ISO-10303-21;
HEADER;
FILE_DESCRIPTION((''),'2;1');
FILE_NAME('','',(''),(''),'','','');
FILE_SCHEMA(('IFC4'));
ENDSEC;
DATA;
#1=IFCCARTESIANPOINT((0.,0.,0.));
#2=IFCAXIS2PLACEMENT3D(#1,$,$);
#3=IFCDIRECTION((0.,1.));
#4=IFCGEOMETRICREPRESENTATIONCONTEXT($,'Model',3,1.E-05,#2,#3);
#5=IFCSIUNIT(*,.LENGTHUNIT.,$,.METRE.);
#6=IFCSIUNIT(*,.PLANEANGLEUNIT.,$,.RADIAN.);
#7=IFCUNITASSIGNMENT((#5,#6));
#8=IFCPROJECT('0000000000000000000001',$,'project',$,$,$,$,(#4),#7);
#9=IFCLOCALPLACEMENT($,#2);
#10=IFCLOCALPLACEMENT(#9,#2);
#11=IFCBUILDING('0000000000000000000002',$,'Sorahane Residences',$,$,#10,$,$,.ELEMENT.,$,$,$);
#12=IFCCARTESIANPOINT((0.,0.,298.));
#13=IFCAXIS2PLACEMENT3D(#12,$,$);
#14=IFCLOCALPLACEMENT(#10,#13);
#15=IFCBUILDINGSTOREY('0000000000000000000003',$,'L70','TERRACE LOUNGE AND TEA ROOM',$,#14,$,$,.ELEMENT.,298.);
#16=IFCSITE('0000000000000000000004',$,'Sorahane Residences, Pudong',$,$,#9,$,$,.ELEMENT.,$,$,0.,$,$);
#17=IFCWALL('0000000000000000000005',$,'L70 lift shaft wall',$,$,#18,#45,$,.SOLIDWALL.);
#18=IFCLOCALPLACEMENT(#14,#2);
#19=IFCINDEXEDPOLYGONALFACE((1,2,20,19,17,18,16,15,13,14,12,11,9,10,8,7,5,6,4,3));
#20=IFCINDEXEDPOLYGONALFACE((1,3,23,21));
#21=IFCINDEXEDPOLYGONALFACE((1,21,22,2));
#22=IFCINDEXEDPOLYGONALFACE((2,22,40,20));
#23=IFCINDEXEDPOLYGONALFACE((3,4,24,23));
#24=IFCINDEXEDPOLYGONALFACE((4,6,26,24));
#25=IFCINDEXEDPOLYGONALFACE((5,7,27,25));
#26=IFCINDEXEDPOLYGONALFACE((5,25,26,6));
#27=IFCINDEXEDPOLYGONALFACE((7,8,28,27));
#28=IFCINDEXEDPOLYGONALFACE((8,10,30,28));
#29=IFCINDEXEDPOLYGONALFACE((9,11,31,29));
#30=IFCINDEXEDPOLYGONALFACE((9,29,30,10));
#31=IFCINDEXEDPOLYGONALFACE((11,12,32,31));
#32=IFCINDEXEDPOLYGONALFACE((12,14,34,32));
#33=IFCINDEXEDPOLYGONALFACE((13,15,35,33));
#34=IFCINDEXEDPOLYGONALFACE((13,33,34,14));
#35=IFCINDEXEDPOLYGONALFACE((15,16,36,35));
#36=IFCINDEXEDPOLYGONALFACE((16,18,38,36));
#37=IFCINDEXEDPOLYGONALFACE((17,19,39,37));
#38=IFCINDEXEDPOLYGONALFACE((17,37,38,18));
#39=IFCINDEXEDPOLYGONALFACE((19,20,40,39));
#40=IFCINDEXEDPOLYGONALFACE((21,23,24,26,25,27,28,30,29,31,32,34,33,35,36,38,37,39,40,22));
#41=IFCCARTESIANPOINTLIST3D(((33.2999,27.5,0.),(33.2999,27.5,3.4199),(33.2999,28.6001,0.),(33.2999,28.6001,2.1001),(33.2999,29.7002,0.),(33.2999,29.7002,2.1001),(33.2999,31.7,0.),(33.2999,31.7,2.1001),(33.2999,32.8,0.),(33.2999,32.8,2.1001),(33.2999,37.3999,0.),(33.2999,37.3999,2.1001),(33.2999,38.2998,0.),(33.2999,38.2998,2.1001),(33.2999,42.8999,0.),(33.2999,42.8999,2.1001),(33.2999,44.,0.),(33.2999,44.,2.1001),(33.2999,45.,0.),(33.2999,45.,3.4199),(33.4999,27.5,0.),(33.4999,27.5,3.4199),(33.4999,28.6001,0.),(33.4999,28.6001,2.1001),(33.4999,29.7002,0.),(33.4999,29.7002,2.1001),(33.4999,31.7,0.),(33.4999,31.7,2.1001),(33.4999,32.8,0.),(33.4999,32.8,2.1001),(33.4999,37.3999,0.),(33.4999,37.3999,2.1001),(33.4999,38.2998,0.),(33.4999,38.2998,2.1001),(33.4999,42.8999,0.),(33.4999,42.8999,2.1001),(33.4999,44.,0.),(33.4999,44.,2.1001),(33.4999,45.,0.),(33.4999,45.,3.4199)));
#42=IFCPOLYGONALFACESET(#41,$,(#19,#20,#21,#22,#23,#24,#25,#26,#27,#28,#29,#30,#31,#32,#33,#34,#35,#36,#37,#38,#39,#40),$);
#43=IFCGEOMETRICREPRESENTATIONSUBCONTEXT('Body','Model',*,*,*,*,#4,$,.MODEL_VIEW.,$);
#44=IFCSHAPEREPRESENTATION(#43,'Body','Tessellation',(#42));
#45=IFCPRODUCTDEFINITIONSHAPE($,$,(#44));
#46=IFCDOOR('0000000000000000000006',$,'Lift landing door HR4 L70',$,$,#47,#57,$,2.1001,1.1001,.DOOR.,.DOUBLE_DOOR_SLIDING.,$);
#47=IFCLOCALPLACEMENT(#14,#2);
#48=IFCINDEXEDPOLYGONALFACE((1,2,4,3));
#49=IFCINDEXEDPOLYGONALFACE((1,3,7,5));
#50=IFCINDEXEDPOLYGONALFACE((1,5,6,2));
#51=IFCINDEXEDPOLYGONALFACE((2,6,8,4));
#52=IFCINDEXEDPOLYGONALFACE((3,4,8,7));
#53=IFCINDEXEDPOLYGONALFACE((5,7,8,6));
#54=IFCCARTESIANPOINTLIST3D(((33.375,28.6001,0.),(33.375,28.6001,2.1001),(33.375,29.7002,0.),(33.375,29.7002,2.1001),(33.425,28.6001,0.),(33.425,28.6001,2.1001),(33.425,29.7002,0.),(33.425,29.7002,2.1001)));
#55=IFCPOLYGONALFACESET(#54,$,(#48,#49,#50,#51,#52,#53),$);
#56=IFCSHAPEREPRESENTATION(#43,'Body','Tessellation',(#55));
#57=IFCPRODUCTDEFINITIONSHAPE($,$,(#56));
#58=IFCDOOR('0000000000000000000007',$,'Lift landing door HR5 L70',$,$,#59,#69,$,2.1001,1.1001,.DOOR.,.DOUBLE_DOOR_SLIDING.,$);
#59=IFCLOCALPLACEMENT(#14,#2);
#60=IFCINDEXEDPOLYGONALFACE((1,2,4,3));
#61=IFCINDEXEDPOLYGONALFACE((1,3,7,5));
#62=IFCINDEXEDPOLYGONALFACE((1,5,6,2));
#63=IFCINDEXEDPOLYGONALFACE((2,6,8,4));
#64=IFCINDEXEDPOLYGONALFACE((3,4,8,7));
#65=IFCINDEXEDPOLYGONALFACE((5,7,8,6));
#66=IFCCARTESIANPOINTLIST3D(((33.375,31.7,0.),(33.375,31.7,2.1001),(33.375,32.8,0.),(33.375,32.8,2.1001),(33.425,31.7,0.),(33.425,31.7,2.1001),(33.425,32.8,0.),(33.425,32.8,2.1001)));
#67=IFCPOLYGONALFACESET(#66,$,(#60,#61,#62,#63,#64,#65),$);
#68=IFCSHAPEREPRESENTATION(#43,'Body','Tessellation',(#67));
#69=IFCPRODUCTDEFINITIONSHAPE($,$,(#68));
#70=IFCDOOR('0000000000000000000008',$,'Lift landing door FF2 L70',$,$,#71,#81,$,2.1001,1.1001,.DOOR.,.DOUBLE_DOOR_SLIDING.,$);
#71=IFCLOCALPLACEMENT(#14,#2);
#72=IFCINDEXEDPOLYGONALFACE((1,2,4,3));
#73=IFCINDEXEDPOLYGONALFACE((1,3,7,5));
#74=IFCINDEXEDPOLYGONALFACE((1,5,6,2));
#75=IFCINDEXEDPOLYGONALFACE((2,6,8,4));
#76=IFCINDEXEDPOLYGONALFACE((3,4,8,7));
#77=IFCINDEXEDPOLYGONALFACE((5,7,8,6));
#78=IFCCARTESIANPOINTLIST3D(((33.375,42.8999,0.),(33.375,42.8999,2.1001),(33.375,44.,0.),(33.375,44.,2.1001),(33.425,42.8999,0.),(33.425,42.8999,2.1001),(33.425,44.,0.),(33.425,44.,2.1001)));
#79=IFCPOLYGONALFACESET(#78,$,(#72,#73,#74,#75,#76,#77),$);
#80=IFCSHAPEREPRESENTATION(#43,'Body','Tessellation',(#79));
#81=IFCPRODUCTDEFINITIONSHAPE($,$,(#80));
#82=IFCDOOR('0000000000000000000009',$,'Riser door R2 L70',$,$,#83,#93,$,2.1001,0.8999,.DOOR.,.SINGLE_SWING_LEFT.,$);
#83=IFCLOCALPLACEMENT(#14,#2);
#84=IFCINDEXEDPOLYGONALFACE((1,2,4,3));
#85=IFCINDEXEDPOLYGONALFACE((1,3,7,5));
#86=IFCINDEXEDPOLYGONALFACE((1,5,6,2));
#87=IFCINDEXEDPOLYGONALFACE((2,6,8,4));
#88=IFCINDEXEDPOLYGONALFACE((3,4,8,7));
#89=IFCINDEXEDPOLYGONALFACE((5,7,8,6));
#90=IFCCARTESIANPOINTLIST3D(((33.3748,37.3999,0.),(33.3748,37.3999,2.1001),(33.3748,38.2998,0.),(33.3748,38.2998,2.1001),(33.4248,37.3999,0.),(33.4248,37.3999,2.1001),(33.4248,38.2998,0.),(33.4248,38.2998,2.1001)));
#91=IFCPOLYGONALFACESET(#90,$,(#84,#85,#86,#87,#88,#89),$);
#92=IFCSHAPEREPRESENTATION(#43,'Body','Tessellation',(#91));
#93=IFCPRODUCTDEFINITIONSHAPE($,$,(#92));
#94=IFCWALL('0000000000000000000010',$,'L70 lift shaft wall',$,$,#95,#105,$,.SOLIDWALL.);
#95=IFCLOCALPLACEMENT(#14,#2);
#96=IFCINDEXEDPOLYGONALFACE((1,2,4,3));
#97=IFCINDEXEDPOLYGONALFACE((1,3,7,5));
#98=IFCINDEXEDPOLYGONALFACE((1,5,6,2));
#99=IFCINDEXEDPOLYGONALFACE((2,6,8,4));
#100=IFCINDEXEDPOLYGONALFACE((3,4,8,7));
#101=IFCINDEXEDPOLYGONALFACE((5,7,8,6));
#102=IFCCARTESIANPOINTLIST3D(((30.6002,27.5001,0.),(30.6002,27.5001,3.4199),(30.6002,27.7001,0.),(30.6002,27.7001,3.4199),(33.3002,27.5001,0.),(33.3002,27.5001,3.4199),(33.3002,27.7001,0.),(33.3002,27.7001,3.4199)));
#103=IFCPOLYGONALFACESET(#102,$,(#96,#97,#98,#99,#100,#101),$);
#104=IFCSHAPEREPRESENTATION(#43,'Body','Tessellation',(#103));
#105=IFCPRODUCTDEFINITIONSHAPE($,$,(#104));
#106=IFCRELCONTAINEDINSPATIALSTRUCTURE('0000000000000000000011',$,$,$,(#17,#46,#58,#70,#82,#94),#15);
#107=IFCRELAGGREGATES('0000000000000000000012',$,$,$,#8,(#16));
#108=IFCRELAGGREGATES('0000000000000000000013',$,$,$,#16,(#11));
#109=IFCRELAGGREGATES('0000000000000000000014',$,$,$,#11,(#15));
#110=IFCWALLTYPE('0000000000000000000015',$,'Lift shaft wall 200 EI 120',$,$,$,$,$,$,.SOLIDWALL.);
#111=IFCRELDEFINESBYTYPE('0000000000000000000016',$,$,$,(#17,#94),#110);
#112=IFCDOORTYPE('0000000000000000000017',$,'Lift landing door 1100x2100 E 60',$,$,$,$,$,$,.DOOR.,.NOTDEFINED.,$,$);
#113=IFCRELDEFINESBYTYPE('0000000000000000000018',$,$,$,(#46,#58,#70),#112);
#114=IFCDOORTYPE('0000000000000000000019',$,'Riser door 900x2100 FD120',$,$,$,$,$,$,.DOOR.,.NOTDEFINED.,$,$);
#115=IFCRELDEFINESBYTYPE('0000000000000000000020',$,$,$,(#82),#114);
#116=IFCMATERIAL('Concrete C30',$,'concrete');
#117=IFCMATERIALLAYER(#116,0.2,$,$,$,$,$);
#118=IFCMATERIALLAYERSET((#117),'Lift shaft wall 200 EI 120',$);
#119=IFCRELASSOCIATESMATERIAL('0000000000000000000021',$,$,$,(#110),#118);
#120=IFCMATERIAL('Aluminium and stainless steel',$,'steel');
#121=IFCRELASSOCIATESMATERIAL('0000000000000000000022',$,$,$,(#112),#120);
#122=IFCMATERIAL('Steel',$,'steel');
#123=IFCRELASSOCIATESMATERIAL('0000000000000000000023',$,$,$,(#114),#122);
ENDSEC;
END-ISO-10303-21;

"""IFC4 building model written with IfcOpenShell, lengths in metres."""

from ifc_helpers import new_model, si_unit, direction, frame, frame_2d, origin, place, context, subcontext, project, spatial, rectangle, extrude, material, layer, layer_set, type_object, element, fill, save


model = new_model("IFC4")

# Units and contexts
model_context = context("Model", 3, precision=1e-05, world=origin(), true_north=direction((0.0, 1.0)))
body_context = subcontext(model_context, "Body", "Model", "MODEL_VIEW")
ifc_project = project(units=[si_unit("LENGTHUNIT", "METRE"), si_unit("PLANEANGLEUNIT", "RADIAN")], contexts=[model_context])

# Site, building, storey
site_placement = place(None, origin())
site = spatial("IfcSite", under=ifc_project, at=site_placement, Name="Sorahane Residences, Pudong", CompositionType="ELEMENT", RefElevation=0.0)
building_placement = place(site_placement, origin())
building = spatial("IfcBuilding", under=site, at=building_placement, Name="Sorahane Residences", CompositionType="ELEMENT")
storey_placement = place(building_placement, frame((0.0, 0.0, 298.0)))
storey = spatial("IfcBuildingStorey", under=building, at=storey_placement, Name="L70", Description="TERRACE LOUNGE AND TEA ROOM", CompositionType="ELEMENT", Elevation=298.0)

# Wall, openings, doors
ifc_material_1 = material(Name="Concrete C30", Category="concrete")
ifc_layer_1 = layer(ifc_material_1, 0.2)
ifc_layer_set_1 = layer_set([ifc_layer_1], Name="Lift shaft wall 200 EI 120")
wall_type_1 = type_object("IfcWallType", Name="Lift shaft wall 200 EI 120", PredefinedType="SOLIDWALL", material=ifc_layer_set_1)
wall_1_placement = place(storey_placement, frame((33.3999, 27.5, 0.0), z_axis=(0.0, 0.0, 1.0), x_axis=(0.0, 1.0, 0.0)))
wall_1 = element("IfcWall", 1, at=wall_1_placement, inside=storey, type_object=wall_type_1, Name="L70 lift shaft wall", PredefinedType="SOLIDWALL", context=body_context, shape_type="SweptSolid", body=[
    extrude(rectangle(XDim=17.5, YDim=0.2, at=frame_2d((8.75, 0.0))), origin(), (0.0, 0.0, 1.0), 3.4199),
])
opening_1_placement = place(wall_1_placement, frame((1.1001, 0.0, 0.0)))
opening_1 = element("IfcOpeningElement", 2, at=opening_1_placement, cuts=wall_1, PredefinedType="OPENING", context=body_context, shape_type="SweptSolid", body=[
    extrude(rectangle(XDim=1.1001, YDim=2.1001, at=frame_2d((0.55, 1.05))), frame((0.0, 0.1099, 0.0), z_axis=(0.0, -1.0, 0.0), x_axis=(1.0, 0.0, 0.0)), (0.0, 0.0, 1.0), 0.22),
])
opening_2_placement = place(wall_1_placement, frame((4.2, 0.0, 0.0)))
opening_2 = element("IfcOpeningElement", 3, at=opening_2_placement, cuts=wall_1, PredefinedType="OPENING", context=body_context, shape_type="SweptSolid", body=[
    extrude(rectangle(XDim=1.1001, YDim=2.1001, at=frame_2d((0.55, 1.05))), frame((0.0, 0.1099, 0.0), z_axis=(0.0, -1.0, 0.0), x_axis=(1.0, 0.0, 0.0)), (0.0, 0.0, 1.0), 0.22),
])
opening_3_placement = place(wall_1_placement, frame((15.3999, 0.0, 0.0)))
opening_3 = element("IfcOpeningElement", 4, at=opening_3_placement, cuts=wall_1, PredefinedType="OPENING", context=body_context, shape_type="SweptSolid", body=[
    extrude(rectangle(XDim=1.1001, YDim=2.1001, at=frame_2d((0.55, 1.05))), frame((0.0, 0.1099, 0.0), z_axis=(0.0, -1.0, 0.0), x_axis=(1.0, 0.0, 0.0)), (0.0, 0.0, 1.0), 0.22),
])
opening_4_placement = place(wall_1_placement, frame((9.8999, 0.0, 0.0)))
opening_4 = element("IfcOpeningElement", 5, at=opening_4_placement, cuts=wall_1, PredefinedType="OPENING", context=body_context, shape_type="SweptSolid", body=[
    extrude(rectangle(XDim=0.8999, YDim=2.1001, at=frame_2d((0.45, 1.05))), frame((0.0, 0.1099, 0.0), z_axis=(0.0, -1.0, 0.0), x_axis=(1.0, 0.0, 0.0)), (0.0, 0.0, 1.0), 0.22),
])
ifc_material_2 = material(Name="Aluminium and stainless steel", Category="steel")
door_type_1 = type_object("IfcDoorType", Name="Lift landing door 1100x2100 E 60", OperationType="NOTDEFINED", PredefinedType="DOOR", material=ifc_material_2)
door_1_placement = place(opening_1_placement, origin())
door_1 = element("IfcDoor", 6, at=door_1_placement, inside=storey, type_object=door_type_1, Name="Lift landing door HR4 L70", OperationType="DOUBLE_DOOR_SLIDING", OverallHeight=2.1001, OverallWidth=1.1001, PredefinedType="DOOR", context=body_context, shape_type="SweptSolid", body=[
    extrude(rectangle(XDim=1.1001, YDim=2.1001, at=frame_2d((0.55, 1.05))), frame((0.0, 0.0249, 0.0), z_axis=(0.0, -1.0, 0.0), x_axis=(1.0, 0.0, 0.0)), (0.0, 0.0, 1.0), 0.05),
])
fill(opening_1, door_1)
door_2_placement = place(opening_2_placement, origin())
door_2 = element("IfcDoor", 7, at=door_2_placement, inside=storey, type_object=door_type_1, Name="Lift landing door HR5 L70", OperationType="DOUBLE_DOOR_SLIDING", OverallHeight=2.1001, OverallWidth=1.1001, PredefinedType="DOOR", context=body_context, shape_type="SweptSolid", body=[
    extrude(rectangle(XDim=1.1001, YDim=2.1001, at=frame_2d((0.55, 1.05))), frame((0.0, 0.0249, 0.0), z_axis=(0.0, -1.0, 0.0), x_axis=(1.0, 0.0, 0.0)), (0.0, 0.0, 1.0), 0.05),
])
fill(opening_2, door_2)
door_3_placement = place(opening_3_placement, origin())
door_3 = element("IfcDoor", 8, at=door_3_placement, inside=storey, type_object=door_type_1, Name="Lift landing door FF2 L70", OperationType="DOUBLE_DOOR_SLIDING", OverallHeight=2.1001, OverallWidth=1.1001, PredefinedType="DOOR", context=body_context, shape_type="SweptSolid", body=[
    extrude(rectangle(XDim=1.1001, YDim=2.1001, at=frame_2d((0.55, 1.05))), frame((0.0, 0.0249, 0.0), z_axis=(0.0, -1.0, 0.0), x_axis=(1.0, 0.0, 0.0)), (0.0, 0.0, 1.0), 0.05),
])
fill(opening_3, door_3)
ifc_material_3 = material(Name="Steel", Category="steel")
door_type_2 = type_object("IfcDoorType", Name="Riser door 900x2100 FD120", OperationType="NOTDEFINED", PredefinedType="DOOR", material=ifc_material_3)
door_4_placement = place(opening_4_placement, frame((0.8999, 0.0, 0.0), z_axis=(0.0, 0.0, 1.0), x_axis=(-1.0, 0.0, 0.0)))
door_4 = element("IfcDoor", 9, at=door_4_placement, inside=storey, type_object=door_type_2, Name="Riser door R2 L70", OperationType="SINGLE_SWING_LEFT", OverallHeight=2.1001, OverallWidth=0.8999, PredefinedType="DOOR", context=body_context, shape_type="SweptSolid", body=[
    extrude(rectangle(XDim=0.8999, YDim=2.1001, at=frame_2d((0.45, 1.05))), frame((0.0, 0.0249, 0.0), z_axis=(0.0, -1.0, 0.0), x_axis=(1.0, 0.0, 0.0)), (0.0, 0.0, 1.0), 0.05),
])
fill(opening_4, door_4)

# Wall
wall_2_placement = place(storey_placement, frame((30.6001, 27.6001, 0.0), z_axis=(0.0, 0.0, 1.0), x_axis=(1.0, 0.0, 0.0)))
element("IfcWall", 10, at=wall_2_placement, inside=storey, type_object=wall_type_1, Name="L70 lift shaft wall", PredefinedType="SOLIDWALL", context=body_context, shape_type="SweptSolid", body=[
    extrude(rectangle(XDim=2.7, YDim=0.2, at=frame_2d((1.3501, 0.0))), origin(), (0.0, 0.0, 1.0), 3.4199),
])

save(model, "model.ifc")
